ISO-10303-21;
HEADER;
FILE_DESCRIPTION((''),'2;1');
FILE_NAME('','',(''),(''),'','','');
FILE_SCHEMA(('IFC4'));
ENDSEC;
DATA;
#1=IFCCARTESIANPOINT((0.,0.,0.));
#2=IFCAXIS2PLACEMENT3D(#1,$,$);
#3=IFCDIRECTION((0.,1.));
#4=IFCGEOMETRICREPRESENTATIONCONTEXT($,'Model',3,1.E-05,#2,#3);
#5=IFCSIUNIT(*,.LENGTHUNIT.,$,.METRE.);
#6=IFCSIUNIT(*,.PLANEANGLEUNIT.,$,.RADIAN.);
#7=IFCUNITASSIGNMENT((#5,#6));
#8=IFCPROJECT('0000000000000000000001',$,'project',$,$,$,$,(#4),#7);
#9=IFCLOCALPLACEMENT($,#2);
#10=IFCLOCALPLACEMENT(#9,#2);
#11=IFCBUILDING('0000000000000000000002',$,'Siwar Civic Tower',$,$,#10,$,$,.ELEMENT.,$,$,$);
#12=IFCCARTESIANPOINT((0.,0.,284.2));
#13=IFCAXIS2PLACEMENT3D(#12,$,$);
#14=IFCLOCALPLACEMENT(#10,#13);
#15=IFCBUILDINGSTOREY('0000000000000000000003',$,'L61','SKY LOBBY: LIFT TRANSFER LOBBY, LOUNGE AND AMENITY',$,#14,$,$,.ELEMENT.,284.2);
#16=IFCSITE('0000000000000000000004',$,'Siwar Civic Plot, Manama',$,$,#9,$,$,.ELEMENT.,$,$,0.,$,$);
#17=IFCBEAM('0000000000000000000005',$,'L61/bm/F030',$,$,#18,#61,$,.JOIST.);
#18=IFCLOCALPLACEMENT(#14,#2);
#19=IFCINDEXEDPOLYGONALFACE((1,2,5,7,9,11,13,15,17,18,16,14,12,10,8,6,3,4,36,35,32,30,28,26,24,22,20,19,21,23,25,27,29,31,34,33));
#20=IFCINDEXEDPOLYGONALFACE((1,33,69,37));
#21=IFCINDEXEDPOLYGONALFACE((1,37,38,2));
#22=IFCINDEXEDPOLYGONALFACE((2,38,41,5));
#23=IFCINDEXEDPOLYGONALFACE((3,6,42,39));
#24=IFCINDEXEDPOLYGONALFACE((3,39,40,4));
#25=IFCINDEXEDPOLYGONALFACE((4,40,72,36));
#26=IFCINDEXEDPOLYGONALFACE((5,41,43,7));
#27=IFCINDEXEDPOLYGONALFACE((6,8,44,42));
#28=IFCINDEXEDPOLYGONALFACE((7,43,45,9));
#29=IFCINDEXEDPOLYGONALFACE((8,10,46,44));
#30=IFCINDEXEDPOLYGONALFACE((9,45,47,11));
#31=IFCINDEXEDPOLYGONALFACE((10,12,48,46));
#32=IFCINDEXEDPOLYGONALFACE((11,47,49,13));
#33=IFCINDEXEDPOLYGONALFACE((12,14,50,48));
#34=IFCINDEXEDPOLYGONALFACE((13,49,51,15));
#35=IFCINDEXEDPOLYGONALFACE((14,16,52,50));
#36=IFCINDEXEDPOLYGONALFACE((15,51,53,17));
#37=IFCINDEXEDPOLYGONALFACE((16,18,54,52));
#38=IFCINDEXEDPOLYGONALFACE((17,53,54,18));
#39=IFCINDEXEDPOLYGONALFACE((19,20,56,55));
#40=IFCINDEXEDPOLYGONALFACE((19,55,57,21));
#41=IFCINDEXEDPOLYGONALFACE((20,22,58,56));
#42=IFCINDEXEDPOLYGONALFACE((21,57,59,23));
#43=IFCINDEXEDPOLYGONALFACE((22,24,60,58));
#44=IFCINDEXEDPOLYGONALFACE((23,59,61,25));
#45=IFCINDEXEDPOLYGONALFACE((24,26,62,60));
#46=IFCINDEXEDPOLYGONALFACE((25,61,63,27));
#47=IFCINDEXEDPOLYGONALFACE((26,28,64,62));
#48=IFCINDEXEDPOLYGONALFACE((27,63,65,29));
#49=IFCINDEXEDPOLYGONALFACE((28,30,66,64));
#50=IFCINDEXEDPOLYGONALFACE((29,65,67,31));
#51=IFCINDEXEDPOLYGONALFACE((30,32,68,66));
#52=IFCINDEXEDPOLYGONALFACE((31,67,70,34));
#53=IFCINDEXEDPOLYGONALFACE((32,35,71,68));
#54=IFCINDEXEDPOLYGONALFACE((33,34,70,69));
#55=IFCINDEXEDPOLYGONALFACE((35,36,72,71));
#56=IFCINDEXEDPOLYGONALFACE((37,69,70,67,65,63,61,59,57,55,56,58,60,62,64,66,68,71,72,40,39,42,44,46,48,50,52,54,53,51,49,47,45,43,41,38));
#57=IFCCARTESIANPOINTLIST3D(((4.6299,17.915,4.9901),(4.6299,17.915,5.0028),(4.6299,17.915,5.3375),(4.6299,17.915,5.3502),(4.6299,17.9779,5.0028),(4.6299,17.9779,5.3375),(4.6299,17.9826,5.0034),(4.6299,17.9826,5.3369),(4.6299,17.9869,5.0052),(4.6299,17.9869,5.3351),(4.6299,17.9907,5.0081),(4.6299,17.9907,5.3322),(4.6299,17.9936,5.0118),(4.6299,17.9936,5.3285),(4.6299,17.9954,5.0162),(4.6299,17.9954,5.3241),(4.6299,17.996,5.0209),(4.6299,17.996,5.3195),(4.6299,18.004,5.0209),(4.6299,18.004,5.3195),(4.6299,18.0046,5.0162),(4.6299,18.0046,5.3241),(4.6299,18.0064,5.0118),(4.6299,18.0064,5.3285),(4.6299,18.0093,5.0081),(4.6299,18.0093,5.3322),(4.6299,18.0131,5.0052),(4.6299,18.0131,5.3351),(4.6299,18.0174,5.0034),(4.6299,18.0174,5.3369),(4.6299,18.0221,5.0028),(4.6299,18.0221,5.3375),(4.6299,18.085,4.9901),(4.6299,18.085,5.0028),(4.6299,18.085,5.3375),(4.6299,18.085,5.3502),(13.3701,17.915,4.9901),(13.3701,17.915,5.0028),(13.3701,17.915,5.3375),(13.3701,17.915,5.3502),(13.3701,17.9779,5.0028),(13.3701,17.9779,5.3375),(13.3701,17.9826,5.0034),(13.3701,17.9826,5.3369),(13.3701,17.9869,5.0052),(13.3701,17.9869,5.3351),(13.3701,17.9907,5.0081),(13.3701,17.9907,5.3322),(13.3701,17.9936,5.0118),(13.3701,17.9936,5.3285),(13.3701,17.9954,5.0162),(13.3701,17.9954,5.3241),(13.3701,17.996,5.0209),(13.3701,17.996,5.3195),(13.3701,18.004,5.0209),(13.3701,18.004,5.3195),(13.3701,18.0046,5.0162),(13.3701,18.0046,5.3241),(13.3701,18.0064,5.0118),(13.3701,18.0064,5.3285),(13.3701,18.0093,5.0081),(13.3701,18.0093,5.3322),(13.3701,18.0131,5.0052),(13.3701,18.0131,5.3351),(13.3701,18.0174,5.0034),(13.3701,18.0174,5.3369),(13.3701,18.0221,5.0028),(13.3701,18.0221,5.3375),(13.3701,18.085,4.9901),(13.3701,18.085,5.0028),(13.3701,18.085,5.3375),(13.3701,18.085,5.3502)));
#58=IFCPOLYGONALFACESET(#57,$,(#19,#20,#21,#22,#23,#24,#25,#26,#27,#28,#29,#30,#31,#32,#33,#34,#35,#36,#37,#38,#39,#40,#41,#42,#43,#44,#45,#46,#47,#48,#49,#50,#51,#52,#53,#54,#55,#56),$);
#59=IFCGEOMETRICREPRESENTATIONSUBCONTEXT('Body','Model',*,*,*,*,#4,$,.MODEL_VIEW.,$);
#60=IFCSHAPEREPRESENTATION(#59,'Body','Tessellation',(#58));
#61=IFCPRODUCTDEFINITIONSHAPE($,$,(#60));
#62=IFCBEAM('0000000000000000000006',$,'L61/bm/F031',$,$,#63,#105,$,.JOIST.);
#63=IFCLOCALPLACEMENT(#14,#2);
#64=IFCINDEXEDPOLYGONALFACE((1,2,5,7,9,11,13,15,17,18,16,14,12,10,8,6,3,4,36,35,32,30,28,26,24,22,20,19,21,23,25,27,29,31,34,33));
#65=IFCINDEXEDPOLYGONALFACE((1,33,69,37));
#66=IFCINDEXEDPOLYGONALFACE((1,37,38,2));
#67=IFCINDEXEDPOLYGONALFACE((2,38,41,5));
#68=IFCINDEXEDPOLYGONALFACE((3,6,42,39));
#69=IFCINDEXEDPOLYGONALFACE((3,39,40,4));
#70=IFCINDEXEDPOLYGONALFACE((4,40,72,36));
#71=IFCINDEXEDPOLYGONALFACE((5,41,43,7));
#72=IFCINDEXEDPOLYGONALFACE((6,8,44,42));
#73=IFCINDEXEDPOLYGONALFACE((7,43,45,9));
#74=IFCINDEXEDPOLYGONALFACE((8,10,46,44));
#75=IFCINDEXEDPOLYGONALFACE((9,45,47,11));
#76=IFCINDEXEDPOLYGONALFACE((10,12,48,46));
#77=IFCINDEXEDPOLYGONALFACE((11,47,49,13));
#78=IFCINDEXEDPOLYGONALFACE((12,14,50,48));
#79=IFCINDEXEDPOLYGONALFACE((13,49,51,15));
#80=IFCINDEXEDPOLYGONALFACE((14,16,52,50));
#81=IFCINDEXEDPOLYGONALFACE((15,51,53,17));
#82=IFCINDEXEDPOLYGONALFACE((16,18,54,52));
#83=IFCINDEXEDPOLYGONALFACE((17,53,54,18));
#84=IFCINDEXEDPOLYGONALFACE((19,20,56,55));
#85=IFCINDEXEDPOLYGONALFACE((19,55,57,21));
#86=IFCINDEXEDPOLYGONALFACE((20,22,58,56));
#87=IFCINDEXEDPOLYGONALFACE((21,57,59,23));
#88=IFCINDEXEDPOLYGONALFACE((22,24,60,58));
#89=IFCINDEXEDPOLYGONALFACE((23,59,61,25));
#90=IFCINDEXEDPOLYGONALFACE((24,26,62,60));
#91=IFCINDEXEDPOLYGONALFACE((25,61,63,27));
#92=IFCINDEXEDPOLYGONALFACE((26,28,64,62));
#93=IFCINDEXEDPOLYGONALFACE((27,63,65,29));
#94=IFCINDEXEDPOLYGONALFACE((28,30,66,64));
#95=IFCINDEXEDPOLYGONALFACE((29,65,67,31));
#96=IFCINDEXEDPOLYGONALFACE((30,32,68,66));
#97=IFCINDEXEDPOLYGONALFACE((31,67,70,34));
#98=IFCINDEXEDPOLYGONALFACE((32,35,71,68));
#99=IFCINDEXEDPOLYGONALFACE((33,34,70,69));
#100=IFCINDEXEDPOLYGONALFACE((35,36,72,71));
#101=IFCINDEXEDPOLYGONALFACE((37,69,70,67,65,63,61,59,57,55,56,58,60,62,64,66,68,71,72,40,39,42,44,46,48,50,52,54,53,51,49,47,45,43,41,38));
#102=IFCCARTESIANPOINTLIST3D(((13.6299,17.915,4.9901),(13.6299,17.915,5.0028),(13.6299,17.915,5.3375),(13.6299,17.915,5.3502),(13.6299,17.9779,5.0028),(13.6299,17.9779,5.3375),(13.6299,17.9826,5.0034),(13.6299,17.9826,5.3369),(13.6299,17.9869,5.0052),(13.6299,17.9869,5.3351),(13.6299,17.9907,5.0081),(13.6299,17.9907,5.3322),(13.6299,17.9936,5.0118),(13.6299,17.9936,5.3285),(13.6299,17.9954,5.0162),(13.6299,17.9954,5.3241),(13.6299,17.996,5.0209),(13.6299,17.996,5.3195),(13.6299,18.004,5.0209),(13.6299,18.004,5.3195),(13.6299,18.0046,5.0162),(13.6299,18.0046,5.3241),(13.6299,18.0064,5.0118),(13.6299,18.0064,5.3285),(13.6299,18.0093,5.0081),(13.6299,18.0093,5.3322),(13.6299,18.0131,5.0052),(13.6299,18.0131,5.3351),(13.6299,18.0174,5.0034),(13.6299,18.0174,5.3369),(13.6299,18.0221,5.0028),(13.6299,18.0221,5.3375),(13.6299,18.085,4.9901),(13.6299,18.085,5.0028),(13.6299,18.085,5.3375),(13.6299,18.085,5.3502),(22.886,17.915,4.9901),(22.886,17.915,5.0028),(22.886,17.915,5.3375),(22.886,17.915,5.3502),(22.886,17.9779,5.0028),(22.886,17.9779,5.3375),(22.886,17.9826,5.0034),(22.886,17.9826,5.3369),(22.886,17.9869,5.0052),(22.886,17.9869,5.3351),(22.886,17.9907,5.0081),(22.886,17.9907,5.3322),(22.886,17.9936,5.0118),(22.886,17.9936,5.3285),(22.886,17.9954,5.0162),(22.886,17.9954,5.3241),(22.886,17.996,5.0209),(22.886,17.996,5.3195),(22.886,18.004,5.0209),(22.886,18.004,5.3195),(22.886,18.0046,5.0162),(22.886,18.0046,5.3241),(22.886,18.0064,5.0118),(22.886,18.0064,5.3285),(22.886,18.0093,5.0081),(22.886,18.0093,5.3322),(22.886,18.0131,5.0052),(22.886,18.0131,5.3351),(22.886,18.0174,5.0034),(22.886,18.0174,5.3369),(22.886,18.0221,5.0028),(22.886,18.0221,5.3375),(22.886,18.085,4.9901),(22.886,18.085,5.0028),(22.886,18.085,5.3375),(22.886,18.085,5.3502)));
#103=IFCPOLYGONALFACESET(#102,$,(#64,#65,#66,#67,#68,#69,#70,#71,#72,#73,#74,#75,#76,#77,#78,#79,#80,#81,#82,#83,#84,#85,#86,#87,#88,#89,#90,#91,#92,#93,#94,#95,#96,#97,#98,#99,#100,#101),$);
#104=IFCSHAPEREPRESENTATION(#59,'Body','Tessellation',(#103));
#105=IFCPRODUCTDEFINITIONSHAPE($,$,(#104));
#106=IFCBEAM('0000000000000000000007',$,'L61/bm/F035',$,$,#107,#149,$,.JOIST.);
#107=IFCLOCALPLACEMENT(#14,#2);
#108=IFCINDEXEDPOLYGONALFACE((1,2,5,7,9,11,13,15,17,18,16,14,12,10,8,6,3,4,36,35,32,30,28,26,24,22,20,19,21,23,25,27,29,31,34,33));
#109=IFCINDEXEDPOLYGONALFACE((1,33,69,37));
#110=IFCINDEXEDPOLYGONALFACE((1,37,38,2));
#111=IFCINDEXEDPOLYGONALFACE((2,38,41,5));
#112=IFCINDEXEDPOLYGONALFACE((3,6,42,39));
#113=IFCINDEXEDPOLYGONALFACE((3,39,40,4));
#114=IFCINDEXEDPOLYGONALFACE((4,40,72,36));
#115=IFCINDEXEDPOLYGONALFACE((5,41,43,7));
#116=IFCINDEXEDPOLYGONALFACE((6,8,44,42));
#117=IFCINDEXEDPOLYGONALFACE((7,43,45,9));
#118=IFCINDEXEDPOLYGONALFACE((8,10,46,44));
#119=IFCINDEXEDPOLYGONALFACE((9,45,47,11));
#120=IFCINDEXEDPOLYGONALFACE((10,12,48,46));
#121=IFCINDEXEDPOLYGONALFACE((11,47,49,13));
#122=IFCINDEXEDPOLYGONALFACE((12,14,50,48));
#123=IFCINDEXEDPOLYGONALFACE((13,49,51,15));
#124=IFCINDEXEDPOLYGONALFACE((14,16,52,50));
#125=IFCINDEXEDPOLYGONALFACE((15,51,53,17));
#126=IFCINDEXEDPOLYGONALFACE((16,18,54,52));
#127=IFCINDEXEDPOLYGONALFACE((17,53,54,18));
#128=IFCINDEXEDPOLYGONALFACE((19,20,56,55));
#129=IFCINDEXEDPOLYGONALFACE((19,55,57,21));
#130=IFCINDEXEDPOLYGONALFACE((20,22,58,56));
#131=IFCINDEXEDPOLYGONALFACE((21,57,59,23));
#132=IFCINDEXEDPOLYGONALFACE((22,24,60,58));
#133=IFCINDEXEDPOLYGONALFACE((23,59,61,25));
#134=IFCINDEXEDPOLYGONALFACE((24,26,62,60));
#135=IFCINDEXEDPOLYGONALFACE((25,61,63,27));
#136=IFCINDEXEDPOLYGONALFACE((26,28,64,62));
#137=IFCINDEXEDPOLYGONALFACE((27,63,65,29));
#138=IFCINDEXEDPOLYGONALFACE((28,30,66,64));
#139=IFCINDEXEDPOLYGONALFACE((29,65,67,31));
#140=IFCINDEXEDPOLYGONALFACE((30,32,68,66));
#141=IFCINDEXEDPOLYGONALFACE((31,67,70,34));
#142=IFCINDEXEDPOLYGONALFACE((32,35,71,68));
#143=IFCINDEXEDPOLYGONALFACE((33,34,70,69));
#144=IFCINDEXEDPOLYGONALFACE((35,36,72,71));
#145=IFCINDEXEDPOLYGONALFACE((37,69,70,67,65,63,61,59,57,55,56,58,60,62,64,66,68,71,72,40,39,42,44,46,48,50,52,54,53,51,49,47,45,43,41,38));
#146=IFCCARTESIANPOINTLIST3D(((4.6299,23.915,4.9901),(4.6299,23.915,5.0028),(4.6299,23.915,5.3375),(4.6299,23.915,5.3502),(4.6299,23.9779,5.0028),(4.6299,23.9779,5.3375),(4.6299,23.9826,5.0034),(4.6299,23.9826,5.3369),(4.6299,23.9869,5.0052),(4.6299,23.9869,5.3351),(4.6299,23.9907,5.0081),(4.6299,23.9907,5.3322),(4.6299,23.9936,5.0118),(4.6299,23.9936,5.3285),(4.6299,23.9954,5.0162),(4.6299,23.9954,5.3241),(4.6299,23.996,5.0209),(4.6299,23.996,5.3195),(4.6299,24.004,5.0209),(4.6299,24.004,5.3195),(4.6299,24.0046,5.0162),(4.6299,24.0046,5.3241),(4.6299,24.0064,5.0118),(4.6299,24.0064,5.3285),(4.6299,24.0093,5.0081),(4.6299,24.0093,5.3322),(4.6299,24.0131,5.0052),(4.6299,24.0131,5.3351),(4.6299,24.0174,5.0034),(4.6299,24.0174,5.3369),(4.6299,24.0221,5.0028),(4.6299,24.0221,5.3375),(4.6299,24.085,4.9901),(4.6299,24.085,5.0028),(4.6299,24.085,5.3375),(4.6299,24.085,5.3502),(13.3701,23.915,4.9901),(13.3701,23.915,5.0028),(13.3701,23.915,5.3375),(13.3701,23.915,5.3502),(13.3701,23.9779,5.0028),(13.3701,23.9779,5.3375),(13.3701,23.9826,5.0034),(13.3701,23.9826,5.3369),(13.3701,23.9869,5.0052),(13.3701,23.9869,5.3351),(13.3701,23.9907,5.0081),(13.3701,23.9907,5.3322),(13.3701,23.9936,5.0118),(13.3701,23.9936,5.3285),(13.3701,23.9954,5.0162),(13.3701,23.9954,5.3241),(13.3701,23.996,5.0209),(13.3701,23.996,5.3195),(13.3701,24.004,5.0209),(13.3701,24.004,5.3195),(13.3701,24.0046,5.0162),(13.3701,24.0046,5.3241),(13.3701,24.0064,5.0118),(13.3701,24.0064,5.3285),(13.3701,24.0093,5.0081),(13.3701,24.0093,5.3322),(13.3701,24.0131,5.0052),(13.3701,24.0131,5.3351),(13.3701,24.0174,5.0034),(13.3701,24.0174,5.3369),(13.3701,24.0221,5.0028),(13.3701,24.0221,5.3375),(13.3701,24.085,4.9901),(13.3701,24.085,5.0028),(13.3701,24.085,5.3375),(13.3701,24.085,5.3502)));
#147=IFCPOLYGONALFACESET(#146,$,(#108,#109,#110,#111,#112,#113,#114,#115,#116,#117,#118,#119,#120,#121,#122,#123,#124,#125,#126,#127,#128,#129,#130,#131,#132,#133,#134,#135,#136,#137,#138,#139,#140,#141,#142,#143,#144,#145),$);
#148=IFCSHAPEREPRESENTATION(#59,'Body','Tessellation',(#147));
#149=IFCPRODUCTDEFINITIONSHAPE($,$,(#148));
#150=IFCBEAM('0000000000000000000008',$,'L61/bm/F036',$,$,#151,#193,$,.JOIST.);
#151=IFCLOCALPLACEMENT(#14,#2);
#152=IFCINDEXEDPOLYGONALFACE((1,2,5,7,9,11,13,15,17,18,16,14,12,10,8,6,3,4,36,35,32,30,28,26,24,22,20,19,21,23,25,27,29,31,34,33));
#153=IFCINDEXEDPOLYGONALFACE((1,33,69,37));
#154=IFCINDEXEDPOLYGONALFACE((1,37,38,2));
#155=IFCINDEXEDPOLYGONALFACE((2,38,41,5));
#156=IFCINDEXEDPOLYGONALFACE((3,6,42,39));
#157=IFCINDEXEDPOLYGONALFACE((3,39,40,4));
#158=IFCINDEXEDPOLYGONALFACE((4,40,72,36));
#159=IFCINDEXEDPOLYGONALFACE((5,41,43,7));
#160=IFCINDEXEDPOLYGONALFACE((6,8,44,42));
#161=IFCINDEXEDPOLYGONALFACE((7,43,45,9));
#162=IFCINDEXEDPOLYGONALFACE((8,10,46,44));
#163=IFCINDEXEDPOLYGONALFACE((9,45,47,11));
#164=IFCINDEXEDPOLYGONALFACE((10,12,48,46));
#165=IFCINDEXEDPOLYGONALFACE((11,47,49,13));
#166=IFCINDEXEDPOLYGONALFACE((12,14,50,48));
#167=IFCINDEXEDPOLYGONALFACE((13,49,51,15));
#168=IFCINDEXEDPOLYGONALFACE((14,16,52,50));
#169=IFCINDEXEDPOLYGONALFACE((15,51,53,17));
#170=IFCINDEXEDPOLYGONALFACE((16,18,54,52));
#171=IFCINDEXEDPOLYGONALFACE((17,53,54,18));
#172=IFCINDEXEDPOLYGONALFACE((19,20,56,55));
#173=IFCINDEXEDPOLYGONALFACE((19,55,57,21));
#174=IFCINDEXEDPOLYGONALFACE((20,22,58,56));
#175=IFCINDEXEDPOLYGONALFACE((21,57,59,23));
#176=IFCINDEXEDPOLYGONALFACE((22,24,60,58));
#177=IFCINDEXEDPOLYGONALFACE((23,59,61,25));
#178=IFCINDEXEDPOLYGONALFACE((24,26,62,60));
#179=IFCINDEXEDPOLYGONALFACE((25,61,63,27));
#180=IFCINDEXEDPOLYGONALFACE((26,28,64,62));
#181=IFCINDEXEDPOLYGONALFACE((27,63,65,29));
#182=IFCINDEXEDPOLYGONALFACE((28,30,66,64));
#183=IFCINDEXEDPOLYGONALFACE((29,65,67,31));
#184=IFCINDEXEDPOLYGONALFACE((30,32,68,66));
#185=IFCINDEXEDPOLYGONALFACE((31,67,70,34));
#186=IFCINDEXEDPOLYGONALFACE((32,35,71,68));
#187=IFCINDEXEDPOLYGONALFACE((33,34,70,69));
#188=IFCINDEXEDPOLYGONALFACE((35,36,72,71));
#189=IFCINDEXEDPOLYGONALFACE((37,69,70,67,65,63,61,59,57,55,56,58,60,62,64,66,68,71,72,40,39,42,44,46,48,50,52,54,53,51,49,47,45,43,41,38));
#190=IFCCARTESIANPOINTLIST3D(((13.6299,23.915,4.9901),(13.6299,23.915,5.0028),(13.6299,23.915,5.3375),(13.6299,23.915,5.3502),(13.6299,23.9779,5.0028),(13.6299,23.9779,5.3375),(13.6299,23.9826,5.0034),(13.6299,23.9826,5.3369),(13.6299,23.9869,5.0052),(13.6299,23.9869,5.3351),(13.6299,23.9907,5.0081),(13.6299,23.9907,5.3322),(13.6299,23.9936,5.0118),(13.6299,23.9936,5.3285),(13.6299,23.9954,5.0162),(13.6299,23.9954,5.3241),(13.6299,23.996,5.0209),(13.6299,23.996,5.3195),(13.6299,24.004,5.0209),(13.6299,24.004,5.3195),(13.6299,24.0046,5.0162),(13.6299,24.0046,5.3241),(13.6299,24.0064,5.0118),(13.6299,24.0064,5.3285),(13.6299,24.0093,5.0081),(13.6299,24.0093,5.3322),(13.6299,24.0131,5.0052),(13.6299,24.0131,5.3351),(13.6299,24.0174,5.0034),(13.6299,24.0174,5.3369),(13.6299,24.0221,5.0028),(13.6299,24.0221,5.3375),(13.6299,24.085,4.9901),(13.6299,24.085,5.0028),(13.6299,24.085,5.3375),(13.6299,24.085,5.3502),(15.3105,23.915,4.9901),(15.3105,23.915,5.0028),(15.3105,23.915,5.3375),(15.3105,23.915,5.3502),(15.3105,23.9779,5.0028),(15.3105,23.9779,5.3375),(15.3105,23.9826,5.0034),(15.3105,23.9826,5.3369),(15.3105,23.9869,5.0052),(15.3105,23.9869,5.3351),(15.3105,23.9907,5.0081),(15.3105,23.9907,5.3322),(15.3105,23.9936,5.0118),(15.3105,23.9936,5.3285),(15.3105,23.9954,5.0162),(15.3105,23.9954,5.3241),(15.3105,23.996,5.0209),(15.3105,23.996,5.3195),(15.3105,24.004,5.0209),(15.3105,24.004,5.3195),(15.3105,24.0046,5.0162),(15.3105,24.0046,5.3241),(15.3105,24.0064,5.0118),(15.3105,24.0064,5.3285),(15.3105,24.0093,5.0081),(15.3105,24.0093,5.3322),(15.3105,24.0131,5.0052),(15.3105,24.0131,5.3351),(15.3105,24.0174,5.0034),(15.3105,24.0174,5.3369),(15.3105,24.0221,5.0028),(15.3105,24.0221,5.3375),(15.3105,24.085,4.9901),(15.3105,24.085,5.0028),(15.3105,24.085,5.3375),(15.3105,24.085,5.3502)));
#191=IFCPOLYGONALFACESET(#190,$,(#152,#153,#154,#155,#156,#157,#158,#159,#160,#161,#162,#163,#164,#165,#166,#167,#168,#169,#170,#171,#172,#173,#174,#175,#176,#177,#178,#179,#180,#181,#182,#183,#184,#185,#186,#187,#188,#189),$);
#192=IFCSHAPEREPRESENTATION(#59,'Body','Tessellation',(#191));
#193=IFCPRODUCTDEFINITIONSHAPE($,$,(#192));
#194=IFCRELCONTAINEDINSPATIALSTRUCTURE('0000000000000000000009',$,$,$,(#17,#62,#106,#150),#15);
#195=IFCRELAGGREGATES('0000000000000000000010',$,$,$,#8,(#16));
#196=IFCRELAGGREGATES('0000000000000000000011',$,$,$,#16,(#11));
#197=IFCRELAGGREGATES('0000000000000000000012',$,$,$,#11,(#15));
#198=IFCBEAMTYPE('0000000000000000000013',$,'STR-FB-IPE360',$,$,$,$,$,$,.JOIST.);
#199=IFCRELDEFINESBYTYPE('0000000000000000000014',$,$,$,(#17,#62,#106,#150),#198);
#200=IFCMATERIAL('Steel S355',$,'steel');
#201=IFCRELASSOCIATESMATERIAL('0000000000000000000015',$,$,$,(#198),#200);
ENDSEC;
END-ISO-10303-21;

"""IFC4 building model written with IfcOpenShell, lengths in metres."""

from ifc_helpers import new_model, si_unit, direction, frame, origin, origin_2d, place, context, subcontext, project, spatial, i_section, extrude, material, material_profile, profile_set, type_object, element, save


model = new_model("IFC4")

# Units and contexts
model_context = context("Model", 3, precision=1e-05, world=origin(), true_north=direction((0.0, 1.0)))
body_context = subcontext(model_context, "Body", "Model", "MODEL_VIEW")
ifc_project = project(units=[si_unit("LENGTHUNIT", "METRE"), si_unit("PLANEANGLEUNIT", "RADIAN")], contexts=[model_context])

# Site, building, storey
site_placement = place(None, origin())
site = spatial("IfcSite", under=ifc_project, at=site_placement, Name="Siwar Civic Plot, Manama", CompositionType="ELEMENT", RefElevation=0.0)
building_placement = place(site_placement, origin())
building = spatial("IfcBuilding", under=site, at=building_placement, Name="Siwar Civic Tower", CompositionType="ELEMENT")
storey_placement = place(building_placement, frame((0.0, 0.0, 284.2)))
storey = spatial("IfcBuildingStorey", under=building, at=storey_placement, Name="L61", Description="SKY LOBBY: LIFT TRANSFER LOBBY, LOUNGE AND AMENITY", CompositionType="ELEMENT", Elevation=284.2)

# Beams
ifc_material_1 = material(Name="Steel S355", Category="steel")
ifc_material_profile_1 = material_profile(ifc_material_1, i_section(OverallWidth=0.1699, OverallDepth=0.3601, WebThickness=0.0081, FlangeThickness=0.0127, FilletRadius=0.0181, at=origin_2d()), Name="IPE360")
ifc_profile_set_1 = profile_set([ifc_material_profile_1], Name="Steel S355")
beam_type_1 = type_object("IfcBeamType", Name="STR-FB-IPE360", PredefinedType="JOIST", material=ifc_profile_set_1)
beam_1_placement = place(storey_placement, frame((4.6299, 18.0, 5.1702), z_axis=(1.0, 0.0, 0.0), x_axis=(0.0, 1.0, 0.0)))
element("IfcBeam", 1, at=beam_1_placement, inside=storey, type_object=beam_type_1, Name="L61/bm/F030", PredefinedType="JOIST", context=body_context, shape_type="SweptSolid", body=[
    extrude(i_section(OverallWidth=0.1699, OverallDepth=0.3601, WebThickness=0.0081, FlangeThickness=0.0127, FilletRadius=0.0181, at=origin_2d()), origin(), (0.0, 0.0, 1.0), 8.7402),
])
beam_2_placement = place(storey_placement, frame((13.6299, 18.0, 5.1702), z_axis=(1.0, 0.0, 0.0), x_axis=(0.0, 1.0, 0.0)))
element("IfcBeam", 2, at=beam_2_placement, inside=storey, type_object=beam_type_1, Name="L61/bm/F031", PredefinedType="JOIST", context=body_context, shape_type="SweptSolid", body=[
    extrude(i_section(OverallWidth=0.1699, OverallDepth=0.3601, WebThickness=0.0081, FlangeThickness=0.0127, FilletRadius=0.0181, at=origin_2d()), origin(), (0.0, 0.0, 1.0), 9.2561),
])
beam_3_placement = place(storey_placement, frame((4.6299, 24.0, 5.1702), z_axis=(1.0, 0.0, 0.0), x_axis=(0.0, 1.0, 0.0)))
element("IfcBeam", 3, at=beam_3_placement, inside=storey, type_object=beam_type_1, Name="L61/bm/F035", PredefinedType="JOIST", context=body_context, shape_type="SweptSolid", body=[
    extrude(i_section(OverallWidth=0.1699, OverallDepth=0.3601, WebThickness=0.0081, FlangeThickness=0.0127, FilletRadius=0.0181, at=origin_2d()), origin(), (0.0, 0.0, 1.0), 8.7402),
])
beam_4_placement = place(storey_placement, frame((13.6299, 24.0, 5.1702), z_axis=(1.0, 0.0, 0.0), x_axis=(0.0, 1.0, 0.0)))
element("IfcBeam", 4, at=beam_4_placement, inside=storey, type_object=beam_type_1, Name="L61/bm/F036", PredefinedType="JOIST", context=body_context, shape_type="SweptSolid", body=[
    extrude(i_section(OverallWidth=0.1699, OverallDepth=0.3601, WebThickness=0.0081, FlangeThickness=0.0127, FilletRadius=0.0181, at=origin_2d()), origin(), (0.0, 0.0, 1.0), 1.6807),
])

save(model, "model.ifc")
